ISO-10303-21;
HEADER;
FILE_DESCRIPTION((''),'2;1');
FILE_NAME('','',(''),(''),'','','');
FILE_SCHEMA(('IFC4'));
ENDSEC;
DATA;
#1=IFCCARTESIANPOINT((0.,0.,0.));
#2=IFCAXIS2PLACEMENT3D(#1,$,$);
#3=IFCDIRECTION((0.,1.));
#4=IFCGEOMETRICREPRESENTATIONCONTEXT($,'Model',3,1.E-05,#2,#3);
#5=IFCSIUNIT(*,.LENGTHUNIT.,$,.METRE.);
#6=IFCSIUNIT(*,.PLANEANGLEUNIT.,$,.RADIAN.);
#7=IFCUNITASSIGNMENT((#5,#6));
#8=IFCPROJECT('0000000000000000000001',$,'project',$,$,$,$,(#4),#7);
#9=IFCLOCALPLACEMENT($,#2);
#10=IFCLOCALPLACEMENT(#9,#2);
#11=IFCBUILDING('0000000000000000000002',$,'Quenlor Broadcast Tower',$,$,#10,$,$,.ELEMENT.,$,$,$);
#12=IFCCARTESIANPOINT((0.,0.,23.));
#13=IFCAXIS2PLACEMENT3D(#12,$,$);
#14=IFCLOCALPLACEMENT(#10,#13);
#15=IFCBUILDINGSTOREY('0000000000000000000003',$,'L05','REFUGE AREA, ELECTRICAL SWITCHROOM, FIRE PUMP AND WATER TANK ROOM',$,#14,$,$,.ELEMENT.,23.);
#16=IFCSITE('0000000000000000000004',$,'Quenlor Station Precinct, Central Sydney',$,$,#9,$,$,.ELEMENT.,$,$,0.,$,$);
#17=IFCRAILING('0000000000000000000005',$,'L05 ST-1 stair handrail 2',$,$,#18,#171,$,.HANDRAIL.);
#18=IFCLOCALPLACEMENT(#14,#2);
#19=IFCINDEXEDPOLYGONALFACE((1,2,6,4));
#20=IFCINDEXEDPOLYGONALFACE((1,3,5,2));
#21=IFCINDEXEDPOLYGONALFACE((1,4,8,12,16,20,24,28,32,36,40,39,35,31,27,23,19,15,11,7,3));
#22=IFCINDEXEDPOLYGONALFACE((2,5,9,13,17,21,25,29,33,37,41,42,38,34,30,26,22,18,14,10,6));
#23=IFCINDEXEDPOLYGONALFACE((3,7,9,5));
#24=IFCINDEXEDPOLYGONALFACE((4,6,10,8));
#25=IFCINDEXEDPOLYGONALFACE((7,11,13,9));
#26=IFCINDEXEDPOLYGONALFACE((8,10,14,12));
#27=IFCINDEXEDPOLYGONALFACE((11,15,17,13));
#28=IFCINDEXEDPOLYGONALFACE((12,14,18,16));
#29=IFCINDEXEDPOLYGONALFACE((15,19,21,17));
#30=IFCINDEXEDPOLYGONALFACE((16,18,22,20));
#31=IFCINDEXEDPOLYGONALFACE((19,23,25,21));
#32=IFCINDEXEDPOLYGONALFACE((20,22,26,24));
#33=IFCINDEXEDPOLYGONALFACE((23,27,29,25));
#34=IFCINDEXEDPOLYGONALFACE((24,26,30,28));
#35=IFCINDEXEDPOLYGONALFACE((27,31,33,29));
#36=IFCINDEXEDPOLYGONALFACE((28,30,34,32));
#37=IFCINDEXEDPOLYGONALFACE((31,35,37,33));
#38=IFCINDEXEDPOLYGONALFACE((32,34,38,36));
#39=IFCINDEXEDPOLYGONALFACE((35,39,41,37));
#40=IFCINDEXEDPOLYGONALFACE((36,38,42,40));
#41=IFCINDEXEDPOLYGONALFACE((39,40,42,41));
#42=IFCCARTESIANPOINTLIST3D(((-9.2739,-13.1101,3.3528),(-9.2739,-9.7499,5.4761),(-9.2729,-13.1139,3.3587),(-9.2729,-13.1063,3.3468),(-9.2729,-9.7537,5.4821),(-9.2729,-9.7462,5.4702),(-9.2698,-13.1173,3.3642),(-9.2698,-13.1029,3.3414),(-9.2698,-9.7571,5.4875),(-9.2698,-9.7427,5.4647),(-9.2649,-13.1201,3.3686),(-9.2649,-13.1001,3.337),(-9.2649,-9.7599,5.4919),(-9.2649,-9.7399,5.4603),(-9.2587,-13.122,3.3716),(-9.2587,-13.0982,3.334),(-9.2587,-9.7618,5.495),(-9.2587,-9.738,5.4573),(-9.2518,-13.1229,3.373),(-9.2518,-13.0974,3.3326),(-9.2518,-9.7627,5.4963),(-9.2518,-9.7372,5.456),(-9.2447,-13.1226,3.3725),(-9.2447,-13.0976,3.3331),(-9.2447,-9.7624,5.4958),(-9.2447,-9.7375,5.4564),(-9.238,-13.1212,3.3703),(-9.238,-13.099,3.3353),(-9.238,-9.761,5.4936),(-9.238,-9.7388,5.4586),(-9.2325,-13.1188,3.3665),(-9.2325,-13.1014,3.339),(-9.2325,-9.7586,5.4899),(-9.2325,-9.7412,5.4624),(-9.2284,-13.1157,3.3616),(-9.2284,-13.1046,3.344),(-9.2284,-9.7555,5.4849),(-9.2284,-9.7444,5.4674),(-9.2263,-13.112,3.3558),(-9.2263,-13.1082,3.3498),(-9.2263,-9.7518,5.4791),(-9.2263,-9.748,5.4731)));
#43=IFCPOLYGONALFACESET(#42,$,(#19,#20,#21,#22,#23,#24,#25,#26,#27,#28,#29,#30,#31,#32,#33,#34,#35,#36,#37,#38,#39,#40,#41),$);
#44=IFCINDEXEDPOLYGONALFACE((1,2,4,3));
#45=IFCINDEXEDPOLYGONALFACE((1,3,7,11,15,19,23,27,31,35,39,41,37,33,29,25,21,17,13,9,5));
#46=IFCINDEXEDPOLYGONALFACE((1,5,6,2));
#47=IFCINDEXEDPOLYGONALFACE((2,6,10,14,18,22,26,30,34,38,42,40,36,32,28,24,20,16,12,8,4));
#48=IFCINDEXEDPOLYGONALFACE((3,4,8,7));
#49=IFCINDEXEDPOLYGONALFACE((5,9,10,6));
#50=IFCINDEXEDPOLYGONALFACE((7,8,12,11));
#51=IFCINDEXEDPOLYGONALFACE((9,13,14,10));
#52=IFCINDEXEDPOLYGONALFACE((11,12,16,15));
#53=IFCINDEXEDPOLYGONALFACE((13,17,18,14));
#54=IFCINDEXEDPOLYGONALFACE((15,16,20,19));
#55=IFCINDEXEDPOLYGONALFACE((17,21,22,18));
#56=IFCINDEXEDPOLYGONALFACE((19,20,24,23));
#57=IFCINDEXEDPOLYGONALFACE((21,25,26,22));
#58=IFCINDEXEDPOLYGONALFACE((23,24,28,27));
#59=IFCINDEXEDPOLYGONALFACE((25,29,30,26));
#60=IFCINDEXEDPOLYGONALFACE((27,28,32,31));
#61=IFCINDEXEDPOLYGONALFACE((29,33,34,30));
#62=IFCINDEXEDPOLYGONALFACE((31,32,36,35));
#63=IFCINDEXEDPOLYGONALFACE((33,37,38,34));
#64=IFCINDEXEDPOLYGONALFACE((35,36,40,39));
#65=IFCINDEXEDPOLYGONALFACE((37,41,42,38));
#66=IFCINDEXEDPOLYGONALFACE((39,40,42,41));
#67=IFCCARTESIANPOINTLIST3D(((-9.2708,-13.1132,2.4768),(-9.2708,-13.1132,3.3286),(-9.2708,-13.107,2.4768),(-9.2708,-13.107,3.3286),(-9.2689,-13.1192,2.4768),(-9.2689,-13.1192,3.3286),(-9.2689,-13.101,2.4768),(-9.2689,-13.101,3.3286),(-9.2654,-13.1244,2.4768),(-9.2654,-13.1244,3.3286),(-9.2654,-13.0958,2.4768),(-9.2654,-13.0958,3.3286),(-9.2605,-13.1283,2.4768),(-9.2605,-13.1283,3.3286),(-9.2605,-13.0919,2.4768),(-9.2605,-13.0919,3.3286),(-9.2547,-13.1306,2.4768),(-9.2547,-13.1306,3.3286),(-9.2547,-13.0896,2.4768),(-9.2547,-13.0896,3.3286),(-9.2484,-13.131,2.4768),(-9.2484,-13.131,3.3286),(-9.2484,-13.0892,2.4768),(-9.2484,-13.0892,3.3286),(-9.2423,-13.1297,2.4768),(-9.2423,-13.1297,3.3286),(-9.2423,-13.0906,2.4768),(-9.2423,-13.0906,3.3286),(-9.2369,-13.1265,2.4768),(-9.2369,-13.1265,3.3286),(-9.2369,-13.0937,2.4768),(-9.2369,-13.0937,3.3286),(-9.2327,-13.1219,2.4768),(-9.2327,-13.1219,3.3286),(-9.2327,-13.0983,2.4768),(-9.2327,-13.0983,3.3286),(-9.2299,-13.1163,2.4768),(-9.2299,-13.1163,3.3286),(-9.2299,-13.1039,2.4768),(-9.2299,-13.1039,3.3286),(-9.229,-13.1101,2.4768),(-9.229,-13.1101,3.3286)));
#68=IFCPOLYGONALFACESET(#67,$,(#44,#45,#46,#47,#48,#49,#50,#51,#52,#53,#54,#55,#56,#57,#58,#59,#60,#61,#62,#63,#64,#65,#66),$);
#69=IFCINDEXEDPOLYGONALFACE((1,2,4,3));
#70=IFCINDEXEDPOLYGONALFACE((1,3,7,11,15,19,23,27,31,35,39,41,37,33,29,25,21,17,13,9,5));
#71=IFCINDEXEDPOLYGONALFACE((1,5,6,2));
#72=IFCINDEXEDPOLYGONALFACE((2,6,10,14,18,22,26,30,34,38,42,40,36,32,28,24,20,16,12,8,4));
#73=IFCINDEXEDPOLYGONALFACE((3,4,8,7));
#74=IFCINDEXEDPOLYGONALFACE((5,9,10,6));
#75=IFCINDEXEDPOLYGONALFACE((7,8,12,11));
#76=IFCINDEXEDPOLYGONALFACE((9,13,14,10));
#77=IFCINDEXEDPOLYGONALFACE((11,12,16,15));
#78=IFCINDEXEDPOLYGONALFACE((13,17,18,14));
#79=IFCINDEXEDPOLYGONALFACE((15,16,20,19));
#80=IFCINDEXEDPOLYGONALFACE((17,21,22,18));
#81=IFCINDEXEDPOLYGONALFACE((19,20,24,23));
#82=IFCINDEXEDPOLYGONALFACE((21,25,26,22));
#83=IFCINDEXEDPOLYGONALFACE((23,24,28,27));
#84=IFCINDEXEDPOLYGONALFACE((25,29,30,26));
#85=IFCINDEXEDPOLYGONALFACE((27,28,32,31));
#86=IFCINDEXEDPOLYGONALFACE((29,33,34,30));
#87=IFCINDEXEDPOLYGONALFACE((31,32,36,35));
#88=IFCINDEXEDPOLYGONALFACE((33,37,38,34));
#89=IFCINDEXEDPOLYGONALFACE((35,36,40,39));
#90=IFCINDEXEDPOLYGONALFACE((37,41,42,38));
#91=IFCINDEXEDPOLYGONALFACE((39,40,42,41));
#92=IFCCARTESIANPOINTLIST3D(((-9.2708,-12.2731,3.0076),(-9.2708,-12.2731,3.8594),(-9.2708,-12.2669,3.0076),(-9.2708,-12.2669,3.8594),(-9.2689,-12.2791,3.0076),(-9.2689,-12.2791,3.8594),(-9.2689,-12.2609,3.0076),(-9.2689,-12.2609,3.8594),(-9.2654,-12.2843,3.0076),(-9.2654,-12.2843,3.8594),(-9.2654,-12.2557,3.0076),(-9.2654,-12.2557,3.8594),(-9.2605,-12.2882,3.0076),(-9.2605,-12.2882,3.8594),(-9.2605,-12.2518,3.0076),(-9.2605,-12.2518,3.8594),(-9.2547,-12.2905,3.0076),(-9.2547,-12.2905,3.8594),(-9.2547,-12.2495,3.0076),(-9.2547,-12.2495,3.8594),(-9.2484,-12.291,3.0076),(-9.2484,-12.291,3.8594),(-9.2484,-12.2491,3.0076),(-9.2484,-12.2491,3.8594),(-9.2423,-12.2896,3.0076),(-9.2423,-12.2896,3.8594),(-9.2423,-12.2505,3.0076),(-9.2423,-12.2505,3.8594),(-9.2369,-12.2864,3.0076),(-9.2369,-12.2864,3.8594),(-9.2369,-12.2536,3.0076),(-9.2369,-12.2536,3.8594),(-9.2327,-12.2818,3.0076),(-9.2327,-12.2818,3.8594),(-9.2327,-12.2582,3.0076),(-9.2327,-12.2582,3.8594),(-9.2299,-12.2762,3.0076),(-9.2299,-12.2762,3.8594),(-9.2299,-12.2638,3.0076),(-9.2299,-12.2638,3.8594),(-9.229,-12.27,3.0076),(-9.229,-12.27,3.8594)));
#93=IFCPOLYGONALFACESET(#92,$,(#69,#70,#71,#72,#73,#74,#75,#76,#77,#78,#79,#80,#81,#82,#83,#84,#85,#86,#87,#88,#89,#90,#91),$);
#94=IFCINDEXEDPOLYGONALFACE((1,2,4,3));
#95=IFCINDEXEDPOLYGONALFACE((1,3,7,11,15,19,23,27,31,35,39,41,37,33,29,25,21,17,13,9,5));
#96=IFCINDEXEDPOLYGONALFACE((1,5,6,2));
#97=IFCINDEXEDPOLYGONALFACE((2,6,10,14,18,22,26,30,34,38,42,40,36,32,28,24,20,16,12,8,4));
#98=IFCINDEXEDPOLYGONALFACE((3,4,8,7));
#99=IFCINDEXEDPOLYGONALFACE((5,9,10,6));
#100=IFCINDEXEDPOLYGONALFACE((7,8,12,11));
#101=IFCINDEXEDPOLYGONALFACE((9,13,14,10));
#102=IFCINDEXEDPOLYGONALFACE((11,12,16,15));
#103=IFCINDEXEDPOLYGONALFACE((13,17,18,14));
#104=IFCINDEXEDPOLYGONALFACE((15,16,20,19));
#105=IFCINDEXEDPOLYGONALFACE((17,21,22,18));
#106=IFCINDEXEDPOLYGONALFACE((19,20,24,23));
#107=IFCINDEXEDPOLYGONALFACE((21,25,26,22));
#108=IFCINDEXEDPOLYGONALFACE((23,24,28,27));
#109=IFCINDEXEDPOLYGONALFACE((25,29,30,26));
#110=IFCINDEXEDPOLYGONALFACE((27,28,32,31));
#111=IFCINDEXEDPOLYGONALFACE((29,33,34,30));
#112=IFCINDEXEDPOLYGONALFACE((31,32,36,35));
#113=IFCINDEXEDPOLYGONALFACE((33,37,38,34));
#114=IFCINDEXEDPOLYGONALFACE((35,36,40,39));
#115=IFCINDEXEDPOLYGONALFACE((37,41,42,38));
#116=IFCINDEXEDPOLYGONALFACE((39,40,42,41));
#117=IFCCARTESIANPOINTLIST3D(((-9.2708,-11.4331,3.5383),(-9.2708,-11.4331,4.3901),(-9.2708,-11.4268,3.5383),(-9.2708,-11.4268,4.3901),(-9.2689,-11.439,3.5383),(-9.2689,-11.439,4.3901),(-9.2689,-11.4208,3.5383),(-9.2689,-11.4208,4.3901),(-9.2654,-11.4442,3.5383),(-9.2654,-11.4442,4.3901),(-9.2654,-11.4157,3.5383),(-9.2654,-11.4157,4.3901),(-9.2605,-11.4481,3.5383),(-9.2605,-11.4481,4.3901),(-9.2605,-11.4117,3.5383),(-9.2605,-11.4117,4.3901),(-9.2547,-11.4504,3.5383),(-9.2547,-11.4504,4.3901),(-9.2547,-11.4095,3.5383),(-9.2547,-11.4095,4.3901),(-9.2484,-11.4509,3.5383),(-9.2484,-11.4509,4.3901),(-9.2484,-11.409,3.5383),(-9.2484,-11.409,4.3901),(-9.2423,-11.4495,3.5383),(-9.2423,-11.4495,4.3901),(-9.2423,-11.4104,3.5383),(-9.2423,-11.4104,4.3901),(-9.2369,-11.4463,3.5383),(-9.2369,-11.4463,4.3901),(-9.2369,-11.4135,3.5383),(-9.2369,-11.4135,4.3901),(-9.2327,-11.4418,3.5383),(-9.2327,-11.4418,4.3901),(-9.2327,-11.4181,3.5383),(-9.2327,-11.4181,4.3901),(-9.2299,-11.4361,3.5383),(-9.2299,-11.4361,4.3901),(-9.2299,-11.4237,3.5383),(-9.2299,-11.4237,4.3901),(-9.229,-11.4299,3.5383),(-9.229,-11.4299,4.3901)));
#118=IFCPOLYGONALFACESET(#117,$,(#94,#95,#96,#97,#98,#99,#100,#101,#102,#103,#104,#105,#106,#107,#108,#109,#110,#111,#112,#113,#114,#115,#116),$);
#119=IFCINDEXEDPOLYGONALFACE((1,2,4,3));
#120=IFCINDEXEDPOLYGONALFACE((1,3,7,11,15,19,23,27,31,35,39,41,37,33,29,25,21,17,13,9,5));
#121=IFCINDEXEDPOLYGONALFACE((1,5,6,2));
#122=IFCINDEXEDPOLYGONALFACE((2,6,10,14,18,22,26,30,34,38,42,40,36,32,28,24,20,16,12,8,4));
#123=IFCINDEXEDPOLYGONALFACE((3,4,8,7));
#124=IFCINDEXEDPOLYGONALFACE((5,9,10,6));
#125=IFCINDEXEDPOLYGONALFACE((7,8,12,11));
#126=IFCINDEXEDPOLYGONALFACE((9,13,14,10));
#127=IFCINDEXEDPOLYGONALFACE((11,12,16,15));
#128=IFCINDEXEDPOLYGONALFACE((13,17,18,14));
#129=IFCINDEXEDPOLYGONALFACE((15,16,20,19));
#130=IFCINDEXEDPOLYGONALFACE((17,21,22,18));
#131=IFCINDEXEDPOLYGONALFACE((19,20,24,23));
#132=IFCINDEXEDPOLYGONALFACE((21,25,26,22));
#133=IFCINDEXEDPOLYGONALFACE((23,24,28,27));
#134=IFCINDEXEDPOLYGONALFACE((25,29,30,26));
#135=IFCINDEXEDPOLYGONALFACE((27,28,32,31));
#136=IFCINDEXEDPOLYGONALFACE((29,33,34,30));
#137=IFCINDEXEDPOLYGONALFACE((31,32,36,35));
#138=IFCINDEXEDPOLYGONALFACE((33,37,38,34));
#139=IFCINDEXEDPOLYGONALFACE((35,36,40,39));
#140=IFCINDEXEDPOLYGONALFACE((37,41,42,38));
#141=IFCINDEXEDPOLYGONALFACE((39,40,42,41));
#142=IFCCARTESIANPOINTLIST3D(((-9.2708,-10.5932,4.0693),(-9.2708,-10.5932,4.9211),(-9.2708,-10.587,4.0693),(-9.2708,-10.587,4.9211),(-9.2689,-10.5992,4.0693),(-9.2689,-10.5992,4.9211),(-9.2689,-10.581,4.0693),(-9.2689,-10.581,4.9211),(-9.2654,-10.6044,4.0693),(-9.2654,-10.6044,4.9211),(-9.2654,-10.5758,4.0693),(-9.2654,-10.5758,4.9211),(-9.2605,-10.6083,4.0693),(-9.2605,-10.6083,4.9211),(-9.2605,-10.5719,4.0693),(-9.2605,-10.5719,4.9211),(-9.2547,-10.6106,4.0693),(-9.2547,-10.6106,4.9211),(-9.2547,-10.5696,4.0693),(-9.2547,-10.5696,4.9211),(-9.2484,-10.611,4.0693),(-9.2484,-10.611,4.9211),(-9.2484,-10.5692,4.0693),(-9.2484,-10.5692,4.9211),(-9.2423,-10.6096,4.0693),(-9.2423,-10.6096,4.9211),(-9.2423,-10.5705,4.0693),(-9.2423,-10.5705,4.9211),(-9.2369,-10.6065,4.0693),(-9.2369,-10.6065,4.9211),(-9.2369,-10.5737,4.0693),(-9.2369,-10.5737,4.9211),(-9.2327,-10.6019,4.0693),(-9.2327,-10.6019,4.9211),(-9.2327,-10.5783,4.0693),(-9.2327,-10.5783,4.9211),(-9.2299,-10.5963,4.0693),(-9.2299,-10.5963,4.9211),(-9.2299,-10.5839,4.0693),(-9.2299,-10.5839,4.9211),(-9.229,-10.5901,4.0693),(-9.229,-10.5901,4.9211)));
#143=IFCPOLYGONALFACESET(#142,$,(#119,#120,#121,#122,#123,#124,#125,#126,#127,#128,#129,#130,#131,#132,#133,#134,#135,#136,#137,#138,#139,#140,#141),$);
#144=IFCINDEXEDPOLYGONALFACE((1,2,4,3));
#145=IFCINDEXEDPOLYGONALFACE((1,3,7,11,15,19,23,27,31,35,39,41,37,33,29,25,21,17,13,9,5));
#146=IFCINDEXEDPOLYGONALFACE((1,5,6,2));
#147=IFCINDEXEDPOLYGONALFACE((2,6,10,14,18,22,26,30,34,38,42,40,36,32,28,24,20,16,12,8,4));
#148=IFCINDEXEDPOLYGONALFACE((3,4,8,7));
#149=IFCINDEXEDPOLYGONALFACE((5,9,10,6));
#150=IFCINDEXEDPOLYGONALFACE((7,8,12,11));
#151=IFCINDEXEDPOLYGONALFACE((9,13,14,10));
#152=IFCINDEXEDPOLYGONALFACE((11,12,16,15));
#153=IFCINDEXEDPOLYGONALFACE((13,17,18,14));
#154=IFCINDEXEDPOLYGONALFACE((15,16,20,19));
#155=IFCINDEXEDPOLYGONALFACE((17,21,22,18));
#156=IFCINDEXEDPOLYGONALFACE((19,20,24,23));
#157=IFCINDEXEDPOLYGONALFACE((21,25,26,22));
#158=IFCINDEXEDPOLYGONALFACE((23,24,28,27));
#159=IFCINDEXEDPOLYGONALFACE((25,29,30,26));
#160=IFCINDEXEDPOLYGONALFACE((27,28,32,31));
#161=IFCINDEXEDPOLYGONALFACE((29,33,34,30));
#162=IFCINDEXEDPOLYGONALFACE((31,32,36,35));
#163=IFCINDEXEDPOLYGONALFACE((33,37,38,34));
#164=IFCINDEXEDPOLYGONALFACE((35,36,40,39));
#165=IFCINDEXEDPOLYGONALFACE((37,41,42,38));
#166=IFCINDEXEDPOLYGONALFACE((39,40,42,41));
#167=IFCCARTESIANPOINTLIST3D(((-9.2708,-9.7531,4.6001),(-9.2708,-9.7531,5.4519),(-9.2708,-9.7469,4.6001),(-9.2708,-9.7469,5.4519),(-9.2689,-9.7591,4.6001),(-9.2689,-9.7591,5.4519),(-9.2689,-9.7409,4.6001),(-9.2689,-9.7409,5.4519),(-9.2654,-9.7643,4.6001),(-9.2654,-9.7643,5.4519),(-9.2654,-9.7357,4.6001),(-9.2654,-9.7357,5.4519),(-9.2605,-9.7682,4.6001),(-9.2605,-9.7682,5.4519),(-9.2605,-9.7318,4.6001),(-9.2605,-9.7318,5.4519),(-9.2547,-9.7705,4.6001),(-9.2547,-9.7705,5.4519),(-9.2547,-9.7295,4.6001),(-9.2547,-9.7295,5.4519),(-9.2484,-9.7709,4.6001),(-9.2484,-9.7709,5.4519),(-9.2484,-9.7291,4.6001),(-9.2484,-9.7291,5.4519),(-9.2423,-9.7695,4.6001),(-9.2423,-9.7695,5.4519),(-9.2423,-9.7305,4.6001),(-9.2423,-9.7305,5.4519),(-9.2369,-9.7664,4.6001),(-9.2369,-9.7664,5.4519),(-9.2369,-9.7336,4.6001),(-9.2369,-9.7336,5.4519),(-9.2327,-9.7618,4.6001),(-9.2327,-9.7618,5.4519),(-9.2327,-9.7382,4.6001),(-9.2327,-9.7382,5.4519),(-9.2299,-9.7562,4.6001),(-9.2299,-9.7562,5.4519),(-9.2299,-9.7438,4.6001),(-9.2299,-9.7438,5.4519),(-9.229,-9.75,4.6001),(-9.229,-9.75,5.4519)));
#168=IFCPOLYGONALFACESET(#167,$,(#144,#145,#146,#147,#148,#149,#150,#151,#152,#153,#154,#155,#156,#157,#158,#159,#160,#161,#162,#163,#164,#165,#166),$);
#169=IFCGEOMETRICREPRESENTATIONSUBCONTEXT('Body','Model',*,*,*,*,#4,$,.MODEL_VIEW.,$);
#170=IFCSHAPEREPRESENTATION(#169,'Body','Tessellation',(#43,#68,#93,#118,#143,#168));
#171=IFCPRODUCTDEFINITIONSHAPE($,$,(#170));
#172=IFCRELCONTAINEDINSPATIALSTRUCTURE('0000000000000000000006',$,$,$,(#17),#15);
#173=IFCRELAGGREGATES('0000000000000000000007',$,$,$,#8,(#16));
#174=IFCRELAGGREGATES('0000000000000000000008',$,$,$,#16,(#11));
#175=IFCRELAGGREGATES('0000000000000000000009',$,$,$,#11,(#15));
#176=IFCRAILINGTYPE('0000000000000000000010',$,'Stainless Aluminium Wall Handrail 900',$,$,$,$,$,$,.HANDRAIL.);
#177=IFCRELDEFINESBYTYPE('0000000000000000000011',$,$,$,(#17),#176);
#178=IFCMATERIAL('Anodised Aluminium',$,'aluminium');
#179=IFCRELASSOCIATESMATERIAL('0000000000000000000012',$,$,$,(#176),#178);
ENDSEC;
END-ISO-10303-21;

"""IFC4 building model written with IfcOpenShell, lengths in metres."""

from ifc_helpers import new_model, si_unit, direction, frame, origin, origin_2d, place, context, subcontext, project, spatial, circle, extrude, material, type_object, element, save


model = new_model("IFC4")

# Units and contexts
model_context = context("Model", 3, precision=1e-05, world=origin(), true_north=direction((0.0, 1.0)))
body_context = subcontext(model_context, "Body", "Model", "MODEL_VIEW")
ifc_project = project(units=[si_unit("LENGTHUNIT", "METRE"), si_unit("PLANEANGLEUNIT", "RADIAN")], contexts=[model_context])

# Site, building, storey
site_placement = place(None, origin())
site = spatial("IfcSite", under=ifc_project, at=site_placement, Name="Quenlor Station Precinct, Central Sydney", CompositionType="ELEMENT", RefElevation=0.0)
building_placement = place(site_placement, origin())
building = spatial("IfcBuilding", under=site, at=building_placement, Name="Quenlor Broadcast Tower", CompositionType="ELEMENT")
storey_placement = place(building_placement, frame((0.0, 0.0, 23.0)))
storey = spatial("IfcBuildingStorey", under=building, at=storey_placement, Name="L05", Description="REFUGE AREA, ELECTRICAL SWITCHROOM, FIRE PUMP AND WATER TANK ROOM", CompositionType="ELEMENT", Elevation=23.0)

# Railing
ifc_material_1 = material(Name="Anodised Aluminium", Category="aluminium")
railing_type_1 = type_object("IfcRailingType", Name="Stainless Aluminium Wall Handrail 900", PredefinedType="HANDRAIL", material=ifc_material_1)
railing_1_placement = place(storey_placement, frame((-9.25, -13.1101, 2.4768)))
element("IfcRailing", 1, at=railing_1_placement, inside=storey, type_object=railing_type_1, Name="L05 ST-1 stair handrail 2", PredefinedType="HANDRAIL", context=body_context, shape_type="SweptSolid", body=[
    extrude(circle(Radius=0.0239, at=origin_2d()), frame((0.0, 0.0, 0.876), z_axis=(0.0, 0.845362, 0.534194), x_axis=(-1.0, 0.0, 0.0)), (0.0, 0.0, 1.0), 3.9749),
    extrude(circle(Radius=0.021, at=origin_2d()), origin(), (0.0, 0.0, 1.0), 0.8518),
    extrude(circle(Radius=0.021, at=origin_2d()), frame((0.0, 0.8401, 0.5308)), (0.0, 0.0, 1.0), 0.8518),
    extrude(circle(Radius=0.021, at=origin_2d()), frame((0.0, 1.6802, 1.0615)), (0.0, 0.0, 1.0), 0.8518),
    extrude(circle(Radius=0.021, at=origin_2d()), frame((0.0, 2.52, 1.5925)), (0.0, 0.0, 1.0), 0.8518),
    extrude(circle(Radius=0.021, at=origin_2d()), frame((0.0, 3.3601, 2.1233)), (0.0, 0.0, 1.0), 0.8518),
])

save(model, "model.ifc")
